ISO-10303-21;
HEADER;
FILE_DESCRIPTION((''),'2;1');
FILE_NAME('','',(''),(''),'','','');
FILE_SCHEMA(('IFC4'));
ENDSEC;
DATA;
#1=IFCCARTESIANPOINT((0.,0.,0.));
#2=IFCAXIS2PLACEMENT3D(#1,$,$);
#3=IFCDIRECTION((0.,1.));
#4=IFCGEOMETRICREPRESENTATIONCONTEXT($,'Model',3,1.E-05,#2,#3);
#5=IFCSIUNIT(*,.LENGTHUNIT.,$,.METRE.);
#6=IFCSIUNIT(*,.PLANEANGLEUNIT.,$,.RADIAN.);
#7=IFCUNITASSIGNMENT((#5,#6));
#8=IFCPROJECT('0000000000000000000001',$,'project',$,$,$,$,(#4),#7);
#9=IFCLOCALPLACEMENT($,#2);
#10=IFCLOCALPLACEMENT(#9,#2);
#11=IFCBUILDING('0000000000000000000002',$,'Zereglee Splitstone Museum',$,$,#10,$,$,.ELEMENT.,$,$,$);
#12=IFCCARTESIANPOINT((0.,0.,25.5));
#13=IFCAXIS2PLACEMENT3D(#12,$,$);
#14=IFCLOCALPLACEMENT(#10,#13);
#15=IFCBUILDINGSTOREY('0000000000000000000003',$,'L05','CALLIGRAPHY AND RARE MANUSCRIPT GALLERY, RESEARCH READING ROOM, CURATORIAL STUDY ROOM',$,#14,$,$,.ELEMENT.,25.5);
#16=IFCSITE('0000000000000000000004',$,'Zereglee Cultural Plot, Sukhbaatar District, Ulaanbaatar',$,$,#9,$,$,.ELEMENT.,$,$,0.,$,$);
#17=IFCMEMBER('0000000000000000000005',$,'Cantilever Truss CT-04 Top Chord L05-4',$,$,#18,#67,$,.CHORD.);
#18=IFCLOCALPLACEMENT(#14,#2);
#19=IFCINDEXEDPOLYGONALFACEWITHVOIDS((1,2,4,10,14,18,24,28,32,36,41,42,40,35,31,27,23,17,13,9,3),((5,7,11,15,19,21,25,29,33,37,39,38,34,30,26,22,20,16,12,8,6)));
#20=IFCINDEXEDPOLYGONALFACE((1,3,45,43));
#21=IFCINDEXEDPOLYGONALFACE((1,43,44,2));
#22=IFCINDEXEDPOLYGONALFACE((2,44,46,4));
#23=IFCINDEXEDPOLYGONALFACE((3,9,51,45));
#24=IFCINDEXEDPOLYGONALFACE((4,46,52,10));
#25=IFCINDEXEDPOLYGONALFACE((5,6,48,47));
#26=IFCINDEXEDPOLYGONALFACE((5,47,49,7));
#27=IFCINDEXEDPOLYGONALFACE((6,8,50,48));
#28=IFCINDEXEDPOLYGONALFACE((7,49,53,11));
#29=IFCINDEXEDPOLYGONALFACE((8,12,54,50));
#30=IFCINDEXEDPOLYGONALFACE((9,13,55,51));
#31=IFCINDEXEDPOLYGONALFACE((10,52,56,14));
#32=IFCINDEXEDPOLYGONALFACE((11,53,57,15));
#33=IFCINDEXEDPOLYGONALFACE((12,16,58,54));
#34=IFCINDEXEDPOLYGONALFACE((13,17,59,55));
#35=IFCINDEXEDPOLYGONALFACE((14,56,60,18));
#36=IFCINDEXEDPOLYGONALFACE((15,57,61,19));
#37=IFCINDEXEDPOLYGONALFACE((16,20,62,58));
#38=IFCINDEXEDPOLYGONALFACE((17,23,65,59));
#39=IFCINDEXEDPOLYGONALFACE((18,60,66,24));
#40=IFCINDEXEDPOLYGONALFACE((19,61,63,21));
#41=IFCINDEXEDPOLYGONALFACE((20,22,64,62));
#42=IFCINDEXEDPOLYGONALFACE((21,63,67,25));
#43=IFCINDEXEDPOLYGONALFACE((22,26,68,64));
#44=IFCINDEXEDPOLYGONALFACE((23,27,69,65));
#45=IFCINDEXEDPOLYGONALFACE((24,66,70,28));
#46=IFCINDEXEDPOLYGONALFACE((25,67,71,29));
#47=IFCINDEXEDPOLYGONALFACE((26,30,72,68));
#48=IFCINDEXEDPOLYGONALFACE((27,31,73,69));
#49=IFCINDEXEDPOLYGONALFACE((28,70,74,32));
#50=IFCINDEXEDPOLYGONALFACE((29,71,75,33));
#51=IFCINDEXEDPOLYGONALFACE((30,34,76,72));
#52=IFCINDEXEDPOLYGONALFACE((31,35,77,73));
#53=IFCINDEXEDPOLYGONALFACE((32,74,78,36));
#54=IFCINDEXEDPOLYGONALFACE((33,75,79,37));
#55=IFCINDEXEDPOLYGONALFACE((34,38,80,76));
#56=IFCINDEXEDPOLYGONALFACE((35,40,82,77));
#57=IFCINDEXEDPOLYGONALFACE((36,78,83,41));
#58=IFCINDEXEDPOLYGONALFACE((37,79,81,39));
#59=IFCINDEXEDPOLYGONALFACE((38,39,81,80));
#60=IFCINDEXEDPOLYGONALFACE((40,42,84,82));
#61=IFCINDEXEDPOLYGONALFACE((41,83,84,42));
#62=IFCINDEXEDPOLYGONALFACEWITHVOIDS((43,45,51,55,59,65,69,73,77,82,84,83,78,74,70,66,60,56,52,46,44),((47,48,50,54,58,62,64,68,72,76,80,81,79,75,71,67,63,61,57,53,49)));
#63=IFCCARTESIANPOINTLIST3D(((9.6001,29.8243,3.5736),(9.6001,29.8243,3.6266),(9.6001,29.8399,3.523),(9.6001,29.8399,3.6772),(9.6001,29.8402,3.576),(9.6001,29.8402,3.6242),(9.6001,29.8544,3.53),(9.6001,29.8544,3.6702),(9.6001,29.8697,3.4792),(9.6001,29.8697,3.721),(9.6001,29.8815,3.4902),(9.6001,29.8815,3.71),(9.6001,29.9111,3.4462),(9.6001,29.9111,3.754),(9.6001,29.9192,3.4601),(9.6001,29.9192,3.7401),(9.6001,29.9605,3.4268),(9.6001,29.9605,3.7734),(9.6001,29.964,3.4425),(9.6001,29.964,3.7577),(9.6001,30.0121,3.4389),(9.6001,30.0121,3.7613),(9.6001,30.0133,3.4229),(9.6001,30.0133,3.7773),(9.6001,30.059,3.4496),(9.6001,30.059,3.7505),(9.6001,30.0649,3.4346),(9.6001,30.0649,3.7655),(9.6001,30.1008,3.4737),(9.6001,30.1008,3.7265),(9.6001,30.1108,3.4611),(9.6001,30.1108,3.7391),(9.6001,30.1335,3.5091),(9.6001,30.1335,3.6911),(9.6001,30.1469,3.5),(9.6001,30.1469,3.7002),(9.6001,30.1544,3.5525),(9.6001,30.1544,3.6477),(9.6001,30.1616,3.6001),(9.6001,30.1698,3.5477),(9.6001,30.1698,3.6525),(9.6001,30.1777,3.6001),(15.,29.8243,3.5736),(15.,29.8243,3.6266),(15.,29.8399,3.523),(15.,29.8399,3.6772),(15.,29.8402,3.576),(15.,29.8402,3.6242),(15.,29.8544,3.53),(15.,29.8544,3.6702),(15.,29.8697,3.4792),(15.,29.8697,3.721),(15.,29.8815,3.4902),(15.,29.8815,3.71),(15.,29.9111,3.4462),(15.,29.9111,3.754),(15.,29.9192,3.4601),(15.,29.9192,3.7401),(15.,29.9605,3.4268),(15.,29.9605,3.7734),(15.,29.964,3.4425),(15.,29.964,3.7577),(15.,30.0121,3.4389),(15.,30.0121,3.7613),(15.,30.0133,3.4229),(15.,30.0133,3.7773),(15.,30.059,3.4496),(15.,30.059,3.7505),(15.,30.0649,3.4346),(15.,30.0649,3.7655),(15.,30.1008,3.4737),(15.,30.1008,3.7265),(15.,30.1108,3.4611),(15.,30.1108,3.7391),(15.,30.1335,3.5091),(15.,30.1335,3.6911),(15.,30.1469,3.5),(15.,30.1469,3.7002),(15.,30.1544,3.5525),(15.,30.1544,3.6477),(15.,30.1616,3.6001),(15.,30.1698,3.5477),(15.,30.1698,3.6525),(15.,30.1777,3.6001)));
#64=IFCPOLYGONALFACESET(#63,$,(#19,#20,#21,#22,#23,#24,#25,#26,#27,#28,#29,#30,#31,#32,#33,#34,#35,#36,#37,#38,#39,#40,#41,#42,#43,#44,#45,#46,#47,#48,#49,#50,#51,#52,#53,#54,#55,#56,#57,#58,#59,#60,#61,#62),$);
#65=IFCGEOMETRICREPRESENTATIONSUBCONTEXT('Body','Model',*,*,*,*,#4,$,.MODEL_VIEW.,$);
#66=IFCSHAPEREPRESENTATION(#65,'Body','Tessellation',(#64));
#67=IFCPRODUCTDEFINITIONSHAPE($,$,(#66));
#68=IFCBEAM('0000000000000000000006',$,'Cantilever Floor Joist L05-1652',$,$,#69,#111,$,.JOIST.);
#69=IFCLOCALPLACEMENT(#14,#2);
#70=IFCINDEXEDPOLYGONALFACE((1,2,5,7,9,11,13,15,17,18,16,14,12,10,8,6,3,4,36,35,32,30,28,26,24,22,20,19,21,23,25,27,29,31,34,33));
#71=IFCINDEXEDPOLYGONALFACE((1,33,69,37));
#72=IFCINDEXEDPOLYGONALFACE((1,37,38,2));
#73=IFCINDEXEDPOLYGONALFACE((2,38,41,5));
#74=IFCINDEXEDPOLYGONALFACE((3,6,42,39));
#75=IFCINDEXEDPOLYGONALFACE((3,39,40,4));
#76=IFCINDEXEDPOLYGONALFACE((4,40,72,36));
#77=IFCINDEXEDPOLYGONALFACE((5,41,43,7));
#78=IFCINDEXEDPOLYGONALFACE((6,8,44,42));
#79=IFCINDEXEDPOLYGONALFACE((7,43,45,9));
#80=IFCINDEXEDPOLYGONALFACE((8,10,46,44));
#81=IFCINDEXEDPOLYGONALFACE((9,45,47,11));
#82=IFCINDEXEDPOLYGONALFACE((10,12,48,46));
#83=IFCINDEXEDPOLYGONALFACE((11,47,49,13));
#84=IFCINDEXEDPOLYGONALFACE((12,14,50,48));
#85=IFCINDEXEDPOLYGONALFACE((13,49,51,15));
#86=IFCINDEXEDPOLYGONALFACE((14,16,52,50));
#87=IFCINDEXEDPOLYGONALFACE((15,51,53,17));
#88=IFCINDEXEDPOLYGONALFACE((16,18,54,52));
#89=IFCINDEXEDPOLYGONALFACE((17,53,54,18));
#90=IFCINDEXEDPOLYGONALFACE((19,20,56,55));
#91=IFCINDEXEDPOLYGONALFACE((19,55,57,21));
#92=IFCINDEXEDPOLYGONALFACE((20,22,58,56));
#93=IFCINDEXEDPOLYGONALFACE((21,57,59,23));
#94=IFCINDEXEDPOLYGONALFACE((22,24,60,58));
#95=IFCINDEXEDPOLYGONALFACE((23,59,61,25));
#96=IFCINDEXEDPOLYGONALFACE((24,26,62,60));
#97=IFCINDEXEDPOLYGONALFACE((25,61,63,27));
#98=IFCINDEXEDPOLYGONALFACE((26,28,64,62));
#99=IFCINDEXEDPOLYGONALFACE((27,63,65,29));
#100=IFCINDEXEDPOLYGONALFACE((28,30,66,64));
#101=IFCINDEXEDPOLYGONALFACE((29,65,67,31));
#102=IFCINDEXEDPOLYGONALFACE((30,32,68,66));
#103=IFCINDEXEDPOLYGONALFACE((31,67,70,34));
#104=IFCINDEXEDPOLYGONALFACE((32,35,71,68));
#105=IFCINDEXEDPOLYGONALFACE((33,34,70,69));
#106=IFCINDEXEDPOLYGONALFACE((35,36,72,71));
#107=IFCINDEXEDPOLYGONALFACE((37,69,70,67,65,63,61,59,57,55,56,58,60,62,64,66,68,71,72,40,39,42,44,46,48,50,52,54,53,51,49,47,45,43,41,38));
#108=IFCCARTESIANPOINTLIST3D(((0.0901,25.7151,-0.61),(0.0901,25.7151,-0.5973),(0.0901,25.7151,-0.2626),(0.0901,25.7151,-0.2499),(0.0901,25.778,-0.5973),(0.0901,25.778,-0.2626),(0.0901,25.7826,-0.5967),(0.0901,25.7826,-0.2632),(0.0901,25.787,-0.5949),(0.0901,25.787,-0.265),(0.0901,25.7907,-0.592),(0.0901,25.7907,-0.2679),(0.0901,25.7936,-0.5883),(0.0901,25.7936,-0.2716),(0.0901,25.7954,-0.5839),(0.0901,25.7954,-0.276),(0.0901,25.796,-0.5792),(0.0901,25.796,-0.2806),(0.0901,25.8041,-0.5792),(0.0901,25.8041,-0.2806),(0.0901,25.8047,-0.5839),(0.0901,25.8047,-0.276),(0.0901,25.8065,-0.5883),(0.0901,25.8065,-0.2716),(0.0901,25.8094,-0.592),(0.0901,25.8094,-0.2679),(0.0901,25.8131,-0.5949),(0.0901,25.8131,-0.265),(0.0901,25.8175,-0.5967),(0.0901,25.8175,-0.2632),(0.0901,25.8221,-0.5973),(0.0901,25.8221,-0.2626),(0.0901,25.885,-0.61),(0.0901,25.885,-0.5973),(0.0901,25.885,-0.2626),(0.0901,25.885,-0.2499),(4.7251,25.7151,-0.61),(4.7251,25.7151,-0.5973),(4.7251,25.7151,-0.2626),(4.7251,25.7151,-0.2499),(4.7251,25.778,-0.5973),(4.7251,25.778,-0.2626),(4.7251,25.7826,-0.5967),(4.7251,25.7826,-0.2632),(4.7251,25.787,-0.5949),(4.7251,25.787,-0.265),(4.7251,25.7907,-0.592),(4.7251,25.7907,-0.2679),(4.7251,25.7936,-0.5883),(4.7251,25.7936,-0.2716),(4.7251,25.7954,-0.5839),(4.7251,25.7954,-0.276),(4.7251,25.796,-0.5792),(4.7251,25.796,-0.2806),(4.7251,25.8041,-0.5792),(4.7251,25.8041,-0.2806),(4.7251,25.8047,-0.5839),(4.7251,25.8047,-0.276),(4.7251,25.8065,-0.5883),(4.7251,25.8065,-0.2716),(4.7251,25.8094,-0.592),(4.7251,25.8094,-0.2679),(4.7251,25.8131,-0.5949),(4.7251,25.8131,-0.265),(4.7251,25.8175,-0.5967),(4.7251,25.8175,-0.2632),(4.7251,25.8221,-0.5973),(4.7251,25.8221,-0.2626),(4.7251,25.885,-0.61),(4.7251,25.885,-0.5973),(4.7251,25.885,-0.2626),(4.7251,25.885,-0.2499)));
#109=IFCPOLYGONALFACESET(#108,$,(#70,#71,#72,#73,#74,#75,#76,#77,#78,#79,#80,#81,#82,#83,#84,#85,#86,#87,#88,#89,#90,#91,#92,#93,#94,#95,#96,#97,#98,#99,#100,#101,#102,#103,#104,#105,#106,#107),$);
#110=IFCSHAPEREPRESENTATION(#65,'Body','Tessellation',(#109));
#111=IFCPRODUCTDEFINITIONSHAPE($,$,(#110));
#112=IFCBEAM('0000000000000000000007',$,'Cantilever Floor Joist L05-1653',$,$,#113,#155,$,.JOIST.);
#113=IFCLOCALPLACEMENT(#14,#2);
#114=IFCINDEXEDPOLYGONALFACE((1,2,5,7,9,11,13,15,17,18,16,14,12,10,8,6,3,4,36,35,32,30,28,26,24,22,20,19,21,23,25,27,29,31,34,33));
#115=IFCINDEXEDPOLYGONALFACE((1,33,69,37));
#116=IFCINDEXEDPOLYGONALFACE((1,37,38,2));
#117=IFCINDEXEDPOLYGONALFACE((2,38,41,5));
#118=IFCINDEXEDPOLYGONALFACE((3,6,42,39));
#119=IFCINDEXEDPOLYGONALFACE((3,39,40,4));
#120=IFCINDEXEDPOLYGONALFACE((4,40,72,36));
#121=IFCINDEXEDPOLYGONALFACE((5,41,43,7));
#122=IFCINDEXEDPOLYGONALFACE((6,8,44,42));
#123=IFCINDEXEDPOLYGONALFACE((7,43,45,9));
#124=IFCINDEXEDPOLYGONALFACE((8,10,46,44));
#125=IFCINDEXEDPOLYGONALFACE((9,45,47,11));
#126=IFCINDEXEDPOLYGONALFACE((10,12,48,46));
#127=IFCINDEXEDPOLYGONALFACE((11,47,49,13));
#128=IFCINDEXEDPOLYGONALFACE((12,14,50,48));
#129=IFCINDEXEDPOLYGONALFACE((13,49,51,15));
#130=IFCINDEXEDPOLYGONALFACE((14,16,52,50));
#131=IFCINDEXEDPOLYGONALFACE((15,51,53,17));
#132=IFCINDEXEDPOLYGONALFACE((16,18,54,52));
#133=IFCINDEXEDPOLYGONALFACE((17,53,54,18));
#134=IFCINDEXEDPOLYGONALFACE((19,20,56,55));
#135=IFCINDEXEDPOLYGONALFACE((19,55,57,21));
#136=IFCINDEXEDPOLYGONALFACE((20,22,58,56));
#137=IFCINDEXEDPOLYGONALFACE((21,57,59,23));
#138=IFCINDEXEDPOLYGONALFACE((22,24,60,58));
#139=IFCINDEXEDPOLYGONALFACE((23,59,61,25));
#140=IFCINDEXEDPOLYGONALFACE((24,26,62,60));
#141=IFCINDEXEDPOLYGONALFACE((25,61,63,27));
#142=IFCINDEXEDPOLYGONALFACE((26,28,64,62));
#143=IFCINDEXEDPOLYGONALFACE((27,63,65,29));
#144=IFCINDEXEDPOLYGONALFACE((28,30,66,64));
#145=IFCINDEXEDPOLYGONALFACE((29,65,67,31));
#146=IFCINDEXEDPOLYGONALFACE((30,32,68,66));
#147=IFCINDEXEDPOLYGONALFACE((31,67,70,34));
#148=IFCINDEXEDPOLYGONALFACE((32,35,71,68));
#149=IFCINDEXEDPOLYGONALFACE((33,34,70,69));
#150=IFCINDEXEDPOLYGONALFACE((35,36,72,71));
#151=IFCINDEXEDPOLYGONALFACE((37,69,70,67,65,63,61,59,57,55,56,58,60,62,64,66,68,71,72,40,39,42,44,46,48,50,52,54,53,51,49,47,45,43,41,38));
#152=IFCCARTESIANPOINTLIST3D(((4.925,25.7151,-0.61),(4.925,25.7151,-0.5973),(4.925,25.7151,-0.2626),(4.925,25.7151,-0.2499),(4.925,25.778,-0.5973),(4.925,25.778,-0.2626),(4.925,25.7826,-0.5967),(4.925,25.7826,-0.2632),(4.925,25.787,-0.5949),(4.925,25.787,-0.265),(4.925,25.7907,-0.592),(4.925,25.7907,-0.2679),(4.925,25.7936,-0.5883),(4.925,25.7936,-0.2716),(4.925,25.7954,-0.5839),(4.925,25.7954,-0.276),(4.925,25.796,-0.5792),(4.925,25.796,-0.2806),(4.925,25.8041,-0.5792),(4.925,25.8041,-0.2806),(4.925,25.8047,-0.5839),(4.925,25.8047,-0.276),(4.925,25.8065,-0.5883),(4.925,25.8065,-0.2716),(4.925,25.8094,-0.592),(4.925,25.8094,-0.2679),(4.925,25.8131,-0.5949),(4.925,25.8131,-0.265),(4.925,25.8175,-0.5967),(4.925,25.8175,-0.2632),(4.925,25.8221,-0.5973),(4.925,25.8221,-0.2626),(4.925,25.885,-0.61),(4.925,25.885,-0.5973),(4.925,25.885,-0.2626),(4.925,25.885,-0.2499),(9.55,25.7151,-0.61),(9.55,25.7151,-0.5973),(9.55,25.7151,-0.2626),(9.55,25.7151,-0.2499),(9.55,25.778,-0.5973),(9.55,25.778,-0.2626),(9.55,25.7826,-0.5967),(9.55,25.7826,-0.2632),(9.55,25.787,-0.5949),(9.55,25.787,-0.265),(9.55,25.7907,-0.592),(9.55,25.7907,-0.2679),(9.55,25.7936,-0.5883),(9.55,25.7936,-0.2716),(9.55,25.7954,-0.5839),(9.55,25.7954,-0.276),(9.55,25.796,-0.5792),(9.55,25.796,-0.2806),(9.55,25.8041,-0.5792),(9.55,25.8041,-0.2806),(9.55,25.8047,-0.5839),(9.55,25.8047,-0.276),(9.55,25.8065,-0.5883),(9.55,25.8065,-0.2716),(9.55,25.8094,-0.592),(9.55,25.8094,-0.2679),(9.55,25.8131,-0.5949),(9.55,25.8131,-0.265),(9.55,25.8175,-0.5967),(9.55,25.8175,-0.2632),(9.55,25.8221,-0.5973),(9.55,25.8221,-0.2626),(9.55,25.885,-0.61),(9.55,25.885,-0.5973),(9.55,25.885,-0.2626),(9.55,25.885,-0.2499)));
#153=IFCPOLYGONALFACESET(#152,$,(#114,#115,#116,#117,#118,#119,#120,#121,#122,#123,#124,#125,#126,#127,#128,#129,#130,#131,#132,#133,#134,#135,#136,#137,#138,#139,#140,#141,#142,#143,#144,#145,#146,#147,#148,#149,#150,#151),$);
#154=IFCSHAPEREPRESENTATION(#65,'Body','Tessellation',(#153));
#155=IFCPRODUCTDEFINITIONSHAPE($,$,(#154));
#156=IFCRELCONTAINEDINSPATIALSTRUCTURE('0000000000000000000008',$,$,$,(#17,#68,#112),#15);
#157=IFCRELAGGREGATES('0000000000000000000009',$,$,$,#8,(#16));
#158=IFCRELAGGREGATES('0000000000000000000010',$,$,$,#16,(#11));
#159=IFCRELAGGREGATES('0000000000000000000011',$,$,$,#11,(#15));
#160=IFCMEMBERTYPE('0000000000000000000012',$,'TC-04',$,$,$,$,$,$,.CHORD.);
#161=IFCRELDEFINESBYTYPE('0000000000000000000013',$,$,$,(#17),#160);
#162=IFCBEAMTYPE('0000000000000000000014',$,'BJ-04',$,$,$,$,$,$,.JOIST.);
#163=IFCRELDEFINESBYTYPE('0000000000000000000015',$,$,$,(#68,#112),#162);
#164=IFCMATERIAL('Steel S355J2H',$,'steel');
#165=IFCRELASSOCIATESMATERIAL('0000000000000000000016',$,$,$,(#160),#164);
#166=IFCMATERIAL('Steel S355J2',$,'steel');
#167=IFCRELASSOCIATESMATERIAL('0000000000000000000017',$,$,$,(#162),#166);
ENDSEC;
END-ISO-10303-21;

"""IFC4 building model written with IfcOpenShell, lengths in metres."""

from ifc_helpers import new_model, si_unit, direction, frame, origin, origin_2d, place, context, subcontext, project, spatial, hollow_circle, i_section, extrude, material, material_profile, profile_set, type_object, element, save


model = new_model("IFC4")

# Units and contexts
model_context = context("Model", 3, precision=1e-05, world=origin(), true_north=direction((0.0, 1.0)))
body_context = subcontext(model_context, "Body", "Model", "MODEL_VIEW")
ifc_project = project(units=[si_unit("LENGTHUNIT", "METRE"), si_unit("PLANEANGLEUNIT", "RADIAN")], contexts=[model_context])

# Site, building, storey
site_placement = place(None, origin())
site = spatial("IfcSite", under=ifc_project, at=site_placement, Name="Zereglee Cultural Plot, Sukhbaatar District, Ulaanbaatar", CompositionType="ELEMENT", RefElevation=0.0)
building_placement = place(site_placement, origin())
building = spatial("IfcBuilding", under=site, at=building_placement, Name="Zereglee Splitstone Museum", CompositionType="ELEMENT")
storey_placement = place(building_placement, frame((0.0, 0.0, 25.5)))
storey = spatial("IfcBuildingStorey", under=building, at=storey_placement, Name="L05", Description="CALLIGRAPHY AND RARE MANUSCRIPT GALLERY, RESEARCH READING ROOM, CURATORIAL STUDY ROOM", CompositionType="ELEMENT", Elevation=25.5)

# Member
ifc_material_1 = material(Name="Steel S355J2H", Category="steel")
ifc_material_profile_1 = material_profile(ifc_material_1, hollow_circle(Radius=0.1777, WallThickness=0.0161, at=origin_2d()), Name="CHS 355.6x16")
ifc_profile_set_1 = profile_set([ifc_material_profile_1], Name="Steel S355J2H")
member_type_1 = type_object("IfcMemberType", Name="TC-04", PredefinedType="CHORD", material=ifc_profile_set_1)
member_1_placement = place(storey_placement, frame((9.6001, 30.0, 3.6001), z_axis=(1.0, 0.0, 0.0), x_axis=(0.0, 1.0, 0.0)))
element("IfcMember", 1, at=member_1_placement, inside=storey, type_object=member_type_1, Name="Cantilever Truss CT-04 Top Chord L05-4", PredefinedType="CHORD", context=body_context, shape_type="SweptSolid", body=[
    extrude(hollow_circle(Radius=0.1777, WallThickness=0.0161, at=origin_2d()), origin(), (0.0, 0.0, 1.0), 5.3999),
])

# Beams
ifc_material_2 = material(Name="Steel S355J2", Category="steel")
ifc_material_profile_2 = material_profile(ifc_material_2, i_section(OverallWidth=0.1699, OverallDepth=0.3601, WebThickness=0.0081, FlangeThickness=0.0127, FilletRadius=0.0181, at=origin_2d()), Name="IPE 360")
ifc_profile_set_2 = profile_set([ifc_material_profile_2], Name="Steel S355J2")
beam_type_1 = type_object("IfcBeamType", Name="BJ-04", PredefinedType="JOIST", material=ifc_profile_set_2)
beam_1_placement = place(storey_placement, frame((0.0901, 25.8, -0.4299), z_axis=(1.0, 0.0, 0.0), x_axis=(0.0, 1.0, 0.0)))
element("IfcBeam", 2, at=beam_1_placement, inside=storey, type_object=beam_type_1, Name="Cantilever Floor Joist L05-1652", PredefinedType="JOIST", context=body_context, shape_type="SweptSolid", body=[
    extrude(i_section(OverallWidth=0.1699, OverallDepth=0.3601, WebThickness=0.0081, FlangeThickness=0.0127, FilletRadius=0.0181, at=origin_2d()), origin(), (0.0, 0.0, 1.0), 4.635),
])
beam_2_placement = place(storey_placement, frame((4.925, 25.8, -0.4299), z_axis=(1.0, 0.0, 0.0), x_axis=(0.0, 1.0, 0.0)))
element("IfcBeam", 3, at=beam_2_placement, inside=storey, type_object=beam_type_1, Name="Cantilever Floor Joist L05-1653", PredefinedType="JOIST", context=body_context, shape_type="SweptSolid", body=[
    extrude(i_section(OverallWidth=0.1699, OverallDepth=0.3601, WebThickness=0.0081, FlangeThickness=0.0127, FilletRadius=0.0181, at=origin_2d()), origin(), (0.0, 0.0, 1.0), 4.625),
])

save(model, "model.ifc")
